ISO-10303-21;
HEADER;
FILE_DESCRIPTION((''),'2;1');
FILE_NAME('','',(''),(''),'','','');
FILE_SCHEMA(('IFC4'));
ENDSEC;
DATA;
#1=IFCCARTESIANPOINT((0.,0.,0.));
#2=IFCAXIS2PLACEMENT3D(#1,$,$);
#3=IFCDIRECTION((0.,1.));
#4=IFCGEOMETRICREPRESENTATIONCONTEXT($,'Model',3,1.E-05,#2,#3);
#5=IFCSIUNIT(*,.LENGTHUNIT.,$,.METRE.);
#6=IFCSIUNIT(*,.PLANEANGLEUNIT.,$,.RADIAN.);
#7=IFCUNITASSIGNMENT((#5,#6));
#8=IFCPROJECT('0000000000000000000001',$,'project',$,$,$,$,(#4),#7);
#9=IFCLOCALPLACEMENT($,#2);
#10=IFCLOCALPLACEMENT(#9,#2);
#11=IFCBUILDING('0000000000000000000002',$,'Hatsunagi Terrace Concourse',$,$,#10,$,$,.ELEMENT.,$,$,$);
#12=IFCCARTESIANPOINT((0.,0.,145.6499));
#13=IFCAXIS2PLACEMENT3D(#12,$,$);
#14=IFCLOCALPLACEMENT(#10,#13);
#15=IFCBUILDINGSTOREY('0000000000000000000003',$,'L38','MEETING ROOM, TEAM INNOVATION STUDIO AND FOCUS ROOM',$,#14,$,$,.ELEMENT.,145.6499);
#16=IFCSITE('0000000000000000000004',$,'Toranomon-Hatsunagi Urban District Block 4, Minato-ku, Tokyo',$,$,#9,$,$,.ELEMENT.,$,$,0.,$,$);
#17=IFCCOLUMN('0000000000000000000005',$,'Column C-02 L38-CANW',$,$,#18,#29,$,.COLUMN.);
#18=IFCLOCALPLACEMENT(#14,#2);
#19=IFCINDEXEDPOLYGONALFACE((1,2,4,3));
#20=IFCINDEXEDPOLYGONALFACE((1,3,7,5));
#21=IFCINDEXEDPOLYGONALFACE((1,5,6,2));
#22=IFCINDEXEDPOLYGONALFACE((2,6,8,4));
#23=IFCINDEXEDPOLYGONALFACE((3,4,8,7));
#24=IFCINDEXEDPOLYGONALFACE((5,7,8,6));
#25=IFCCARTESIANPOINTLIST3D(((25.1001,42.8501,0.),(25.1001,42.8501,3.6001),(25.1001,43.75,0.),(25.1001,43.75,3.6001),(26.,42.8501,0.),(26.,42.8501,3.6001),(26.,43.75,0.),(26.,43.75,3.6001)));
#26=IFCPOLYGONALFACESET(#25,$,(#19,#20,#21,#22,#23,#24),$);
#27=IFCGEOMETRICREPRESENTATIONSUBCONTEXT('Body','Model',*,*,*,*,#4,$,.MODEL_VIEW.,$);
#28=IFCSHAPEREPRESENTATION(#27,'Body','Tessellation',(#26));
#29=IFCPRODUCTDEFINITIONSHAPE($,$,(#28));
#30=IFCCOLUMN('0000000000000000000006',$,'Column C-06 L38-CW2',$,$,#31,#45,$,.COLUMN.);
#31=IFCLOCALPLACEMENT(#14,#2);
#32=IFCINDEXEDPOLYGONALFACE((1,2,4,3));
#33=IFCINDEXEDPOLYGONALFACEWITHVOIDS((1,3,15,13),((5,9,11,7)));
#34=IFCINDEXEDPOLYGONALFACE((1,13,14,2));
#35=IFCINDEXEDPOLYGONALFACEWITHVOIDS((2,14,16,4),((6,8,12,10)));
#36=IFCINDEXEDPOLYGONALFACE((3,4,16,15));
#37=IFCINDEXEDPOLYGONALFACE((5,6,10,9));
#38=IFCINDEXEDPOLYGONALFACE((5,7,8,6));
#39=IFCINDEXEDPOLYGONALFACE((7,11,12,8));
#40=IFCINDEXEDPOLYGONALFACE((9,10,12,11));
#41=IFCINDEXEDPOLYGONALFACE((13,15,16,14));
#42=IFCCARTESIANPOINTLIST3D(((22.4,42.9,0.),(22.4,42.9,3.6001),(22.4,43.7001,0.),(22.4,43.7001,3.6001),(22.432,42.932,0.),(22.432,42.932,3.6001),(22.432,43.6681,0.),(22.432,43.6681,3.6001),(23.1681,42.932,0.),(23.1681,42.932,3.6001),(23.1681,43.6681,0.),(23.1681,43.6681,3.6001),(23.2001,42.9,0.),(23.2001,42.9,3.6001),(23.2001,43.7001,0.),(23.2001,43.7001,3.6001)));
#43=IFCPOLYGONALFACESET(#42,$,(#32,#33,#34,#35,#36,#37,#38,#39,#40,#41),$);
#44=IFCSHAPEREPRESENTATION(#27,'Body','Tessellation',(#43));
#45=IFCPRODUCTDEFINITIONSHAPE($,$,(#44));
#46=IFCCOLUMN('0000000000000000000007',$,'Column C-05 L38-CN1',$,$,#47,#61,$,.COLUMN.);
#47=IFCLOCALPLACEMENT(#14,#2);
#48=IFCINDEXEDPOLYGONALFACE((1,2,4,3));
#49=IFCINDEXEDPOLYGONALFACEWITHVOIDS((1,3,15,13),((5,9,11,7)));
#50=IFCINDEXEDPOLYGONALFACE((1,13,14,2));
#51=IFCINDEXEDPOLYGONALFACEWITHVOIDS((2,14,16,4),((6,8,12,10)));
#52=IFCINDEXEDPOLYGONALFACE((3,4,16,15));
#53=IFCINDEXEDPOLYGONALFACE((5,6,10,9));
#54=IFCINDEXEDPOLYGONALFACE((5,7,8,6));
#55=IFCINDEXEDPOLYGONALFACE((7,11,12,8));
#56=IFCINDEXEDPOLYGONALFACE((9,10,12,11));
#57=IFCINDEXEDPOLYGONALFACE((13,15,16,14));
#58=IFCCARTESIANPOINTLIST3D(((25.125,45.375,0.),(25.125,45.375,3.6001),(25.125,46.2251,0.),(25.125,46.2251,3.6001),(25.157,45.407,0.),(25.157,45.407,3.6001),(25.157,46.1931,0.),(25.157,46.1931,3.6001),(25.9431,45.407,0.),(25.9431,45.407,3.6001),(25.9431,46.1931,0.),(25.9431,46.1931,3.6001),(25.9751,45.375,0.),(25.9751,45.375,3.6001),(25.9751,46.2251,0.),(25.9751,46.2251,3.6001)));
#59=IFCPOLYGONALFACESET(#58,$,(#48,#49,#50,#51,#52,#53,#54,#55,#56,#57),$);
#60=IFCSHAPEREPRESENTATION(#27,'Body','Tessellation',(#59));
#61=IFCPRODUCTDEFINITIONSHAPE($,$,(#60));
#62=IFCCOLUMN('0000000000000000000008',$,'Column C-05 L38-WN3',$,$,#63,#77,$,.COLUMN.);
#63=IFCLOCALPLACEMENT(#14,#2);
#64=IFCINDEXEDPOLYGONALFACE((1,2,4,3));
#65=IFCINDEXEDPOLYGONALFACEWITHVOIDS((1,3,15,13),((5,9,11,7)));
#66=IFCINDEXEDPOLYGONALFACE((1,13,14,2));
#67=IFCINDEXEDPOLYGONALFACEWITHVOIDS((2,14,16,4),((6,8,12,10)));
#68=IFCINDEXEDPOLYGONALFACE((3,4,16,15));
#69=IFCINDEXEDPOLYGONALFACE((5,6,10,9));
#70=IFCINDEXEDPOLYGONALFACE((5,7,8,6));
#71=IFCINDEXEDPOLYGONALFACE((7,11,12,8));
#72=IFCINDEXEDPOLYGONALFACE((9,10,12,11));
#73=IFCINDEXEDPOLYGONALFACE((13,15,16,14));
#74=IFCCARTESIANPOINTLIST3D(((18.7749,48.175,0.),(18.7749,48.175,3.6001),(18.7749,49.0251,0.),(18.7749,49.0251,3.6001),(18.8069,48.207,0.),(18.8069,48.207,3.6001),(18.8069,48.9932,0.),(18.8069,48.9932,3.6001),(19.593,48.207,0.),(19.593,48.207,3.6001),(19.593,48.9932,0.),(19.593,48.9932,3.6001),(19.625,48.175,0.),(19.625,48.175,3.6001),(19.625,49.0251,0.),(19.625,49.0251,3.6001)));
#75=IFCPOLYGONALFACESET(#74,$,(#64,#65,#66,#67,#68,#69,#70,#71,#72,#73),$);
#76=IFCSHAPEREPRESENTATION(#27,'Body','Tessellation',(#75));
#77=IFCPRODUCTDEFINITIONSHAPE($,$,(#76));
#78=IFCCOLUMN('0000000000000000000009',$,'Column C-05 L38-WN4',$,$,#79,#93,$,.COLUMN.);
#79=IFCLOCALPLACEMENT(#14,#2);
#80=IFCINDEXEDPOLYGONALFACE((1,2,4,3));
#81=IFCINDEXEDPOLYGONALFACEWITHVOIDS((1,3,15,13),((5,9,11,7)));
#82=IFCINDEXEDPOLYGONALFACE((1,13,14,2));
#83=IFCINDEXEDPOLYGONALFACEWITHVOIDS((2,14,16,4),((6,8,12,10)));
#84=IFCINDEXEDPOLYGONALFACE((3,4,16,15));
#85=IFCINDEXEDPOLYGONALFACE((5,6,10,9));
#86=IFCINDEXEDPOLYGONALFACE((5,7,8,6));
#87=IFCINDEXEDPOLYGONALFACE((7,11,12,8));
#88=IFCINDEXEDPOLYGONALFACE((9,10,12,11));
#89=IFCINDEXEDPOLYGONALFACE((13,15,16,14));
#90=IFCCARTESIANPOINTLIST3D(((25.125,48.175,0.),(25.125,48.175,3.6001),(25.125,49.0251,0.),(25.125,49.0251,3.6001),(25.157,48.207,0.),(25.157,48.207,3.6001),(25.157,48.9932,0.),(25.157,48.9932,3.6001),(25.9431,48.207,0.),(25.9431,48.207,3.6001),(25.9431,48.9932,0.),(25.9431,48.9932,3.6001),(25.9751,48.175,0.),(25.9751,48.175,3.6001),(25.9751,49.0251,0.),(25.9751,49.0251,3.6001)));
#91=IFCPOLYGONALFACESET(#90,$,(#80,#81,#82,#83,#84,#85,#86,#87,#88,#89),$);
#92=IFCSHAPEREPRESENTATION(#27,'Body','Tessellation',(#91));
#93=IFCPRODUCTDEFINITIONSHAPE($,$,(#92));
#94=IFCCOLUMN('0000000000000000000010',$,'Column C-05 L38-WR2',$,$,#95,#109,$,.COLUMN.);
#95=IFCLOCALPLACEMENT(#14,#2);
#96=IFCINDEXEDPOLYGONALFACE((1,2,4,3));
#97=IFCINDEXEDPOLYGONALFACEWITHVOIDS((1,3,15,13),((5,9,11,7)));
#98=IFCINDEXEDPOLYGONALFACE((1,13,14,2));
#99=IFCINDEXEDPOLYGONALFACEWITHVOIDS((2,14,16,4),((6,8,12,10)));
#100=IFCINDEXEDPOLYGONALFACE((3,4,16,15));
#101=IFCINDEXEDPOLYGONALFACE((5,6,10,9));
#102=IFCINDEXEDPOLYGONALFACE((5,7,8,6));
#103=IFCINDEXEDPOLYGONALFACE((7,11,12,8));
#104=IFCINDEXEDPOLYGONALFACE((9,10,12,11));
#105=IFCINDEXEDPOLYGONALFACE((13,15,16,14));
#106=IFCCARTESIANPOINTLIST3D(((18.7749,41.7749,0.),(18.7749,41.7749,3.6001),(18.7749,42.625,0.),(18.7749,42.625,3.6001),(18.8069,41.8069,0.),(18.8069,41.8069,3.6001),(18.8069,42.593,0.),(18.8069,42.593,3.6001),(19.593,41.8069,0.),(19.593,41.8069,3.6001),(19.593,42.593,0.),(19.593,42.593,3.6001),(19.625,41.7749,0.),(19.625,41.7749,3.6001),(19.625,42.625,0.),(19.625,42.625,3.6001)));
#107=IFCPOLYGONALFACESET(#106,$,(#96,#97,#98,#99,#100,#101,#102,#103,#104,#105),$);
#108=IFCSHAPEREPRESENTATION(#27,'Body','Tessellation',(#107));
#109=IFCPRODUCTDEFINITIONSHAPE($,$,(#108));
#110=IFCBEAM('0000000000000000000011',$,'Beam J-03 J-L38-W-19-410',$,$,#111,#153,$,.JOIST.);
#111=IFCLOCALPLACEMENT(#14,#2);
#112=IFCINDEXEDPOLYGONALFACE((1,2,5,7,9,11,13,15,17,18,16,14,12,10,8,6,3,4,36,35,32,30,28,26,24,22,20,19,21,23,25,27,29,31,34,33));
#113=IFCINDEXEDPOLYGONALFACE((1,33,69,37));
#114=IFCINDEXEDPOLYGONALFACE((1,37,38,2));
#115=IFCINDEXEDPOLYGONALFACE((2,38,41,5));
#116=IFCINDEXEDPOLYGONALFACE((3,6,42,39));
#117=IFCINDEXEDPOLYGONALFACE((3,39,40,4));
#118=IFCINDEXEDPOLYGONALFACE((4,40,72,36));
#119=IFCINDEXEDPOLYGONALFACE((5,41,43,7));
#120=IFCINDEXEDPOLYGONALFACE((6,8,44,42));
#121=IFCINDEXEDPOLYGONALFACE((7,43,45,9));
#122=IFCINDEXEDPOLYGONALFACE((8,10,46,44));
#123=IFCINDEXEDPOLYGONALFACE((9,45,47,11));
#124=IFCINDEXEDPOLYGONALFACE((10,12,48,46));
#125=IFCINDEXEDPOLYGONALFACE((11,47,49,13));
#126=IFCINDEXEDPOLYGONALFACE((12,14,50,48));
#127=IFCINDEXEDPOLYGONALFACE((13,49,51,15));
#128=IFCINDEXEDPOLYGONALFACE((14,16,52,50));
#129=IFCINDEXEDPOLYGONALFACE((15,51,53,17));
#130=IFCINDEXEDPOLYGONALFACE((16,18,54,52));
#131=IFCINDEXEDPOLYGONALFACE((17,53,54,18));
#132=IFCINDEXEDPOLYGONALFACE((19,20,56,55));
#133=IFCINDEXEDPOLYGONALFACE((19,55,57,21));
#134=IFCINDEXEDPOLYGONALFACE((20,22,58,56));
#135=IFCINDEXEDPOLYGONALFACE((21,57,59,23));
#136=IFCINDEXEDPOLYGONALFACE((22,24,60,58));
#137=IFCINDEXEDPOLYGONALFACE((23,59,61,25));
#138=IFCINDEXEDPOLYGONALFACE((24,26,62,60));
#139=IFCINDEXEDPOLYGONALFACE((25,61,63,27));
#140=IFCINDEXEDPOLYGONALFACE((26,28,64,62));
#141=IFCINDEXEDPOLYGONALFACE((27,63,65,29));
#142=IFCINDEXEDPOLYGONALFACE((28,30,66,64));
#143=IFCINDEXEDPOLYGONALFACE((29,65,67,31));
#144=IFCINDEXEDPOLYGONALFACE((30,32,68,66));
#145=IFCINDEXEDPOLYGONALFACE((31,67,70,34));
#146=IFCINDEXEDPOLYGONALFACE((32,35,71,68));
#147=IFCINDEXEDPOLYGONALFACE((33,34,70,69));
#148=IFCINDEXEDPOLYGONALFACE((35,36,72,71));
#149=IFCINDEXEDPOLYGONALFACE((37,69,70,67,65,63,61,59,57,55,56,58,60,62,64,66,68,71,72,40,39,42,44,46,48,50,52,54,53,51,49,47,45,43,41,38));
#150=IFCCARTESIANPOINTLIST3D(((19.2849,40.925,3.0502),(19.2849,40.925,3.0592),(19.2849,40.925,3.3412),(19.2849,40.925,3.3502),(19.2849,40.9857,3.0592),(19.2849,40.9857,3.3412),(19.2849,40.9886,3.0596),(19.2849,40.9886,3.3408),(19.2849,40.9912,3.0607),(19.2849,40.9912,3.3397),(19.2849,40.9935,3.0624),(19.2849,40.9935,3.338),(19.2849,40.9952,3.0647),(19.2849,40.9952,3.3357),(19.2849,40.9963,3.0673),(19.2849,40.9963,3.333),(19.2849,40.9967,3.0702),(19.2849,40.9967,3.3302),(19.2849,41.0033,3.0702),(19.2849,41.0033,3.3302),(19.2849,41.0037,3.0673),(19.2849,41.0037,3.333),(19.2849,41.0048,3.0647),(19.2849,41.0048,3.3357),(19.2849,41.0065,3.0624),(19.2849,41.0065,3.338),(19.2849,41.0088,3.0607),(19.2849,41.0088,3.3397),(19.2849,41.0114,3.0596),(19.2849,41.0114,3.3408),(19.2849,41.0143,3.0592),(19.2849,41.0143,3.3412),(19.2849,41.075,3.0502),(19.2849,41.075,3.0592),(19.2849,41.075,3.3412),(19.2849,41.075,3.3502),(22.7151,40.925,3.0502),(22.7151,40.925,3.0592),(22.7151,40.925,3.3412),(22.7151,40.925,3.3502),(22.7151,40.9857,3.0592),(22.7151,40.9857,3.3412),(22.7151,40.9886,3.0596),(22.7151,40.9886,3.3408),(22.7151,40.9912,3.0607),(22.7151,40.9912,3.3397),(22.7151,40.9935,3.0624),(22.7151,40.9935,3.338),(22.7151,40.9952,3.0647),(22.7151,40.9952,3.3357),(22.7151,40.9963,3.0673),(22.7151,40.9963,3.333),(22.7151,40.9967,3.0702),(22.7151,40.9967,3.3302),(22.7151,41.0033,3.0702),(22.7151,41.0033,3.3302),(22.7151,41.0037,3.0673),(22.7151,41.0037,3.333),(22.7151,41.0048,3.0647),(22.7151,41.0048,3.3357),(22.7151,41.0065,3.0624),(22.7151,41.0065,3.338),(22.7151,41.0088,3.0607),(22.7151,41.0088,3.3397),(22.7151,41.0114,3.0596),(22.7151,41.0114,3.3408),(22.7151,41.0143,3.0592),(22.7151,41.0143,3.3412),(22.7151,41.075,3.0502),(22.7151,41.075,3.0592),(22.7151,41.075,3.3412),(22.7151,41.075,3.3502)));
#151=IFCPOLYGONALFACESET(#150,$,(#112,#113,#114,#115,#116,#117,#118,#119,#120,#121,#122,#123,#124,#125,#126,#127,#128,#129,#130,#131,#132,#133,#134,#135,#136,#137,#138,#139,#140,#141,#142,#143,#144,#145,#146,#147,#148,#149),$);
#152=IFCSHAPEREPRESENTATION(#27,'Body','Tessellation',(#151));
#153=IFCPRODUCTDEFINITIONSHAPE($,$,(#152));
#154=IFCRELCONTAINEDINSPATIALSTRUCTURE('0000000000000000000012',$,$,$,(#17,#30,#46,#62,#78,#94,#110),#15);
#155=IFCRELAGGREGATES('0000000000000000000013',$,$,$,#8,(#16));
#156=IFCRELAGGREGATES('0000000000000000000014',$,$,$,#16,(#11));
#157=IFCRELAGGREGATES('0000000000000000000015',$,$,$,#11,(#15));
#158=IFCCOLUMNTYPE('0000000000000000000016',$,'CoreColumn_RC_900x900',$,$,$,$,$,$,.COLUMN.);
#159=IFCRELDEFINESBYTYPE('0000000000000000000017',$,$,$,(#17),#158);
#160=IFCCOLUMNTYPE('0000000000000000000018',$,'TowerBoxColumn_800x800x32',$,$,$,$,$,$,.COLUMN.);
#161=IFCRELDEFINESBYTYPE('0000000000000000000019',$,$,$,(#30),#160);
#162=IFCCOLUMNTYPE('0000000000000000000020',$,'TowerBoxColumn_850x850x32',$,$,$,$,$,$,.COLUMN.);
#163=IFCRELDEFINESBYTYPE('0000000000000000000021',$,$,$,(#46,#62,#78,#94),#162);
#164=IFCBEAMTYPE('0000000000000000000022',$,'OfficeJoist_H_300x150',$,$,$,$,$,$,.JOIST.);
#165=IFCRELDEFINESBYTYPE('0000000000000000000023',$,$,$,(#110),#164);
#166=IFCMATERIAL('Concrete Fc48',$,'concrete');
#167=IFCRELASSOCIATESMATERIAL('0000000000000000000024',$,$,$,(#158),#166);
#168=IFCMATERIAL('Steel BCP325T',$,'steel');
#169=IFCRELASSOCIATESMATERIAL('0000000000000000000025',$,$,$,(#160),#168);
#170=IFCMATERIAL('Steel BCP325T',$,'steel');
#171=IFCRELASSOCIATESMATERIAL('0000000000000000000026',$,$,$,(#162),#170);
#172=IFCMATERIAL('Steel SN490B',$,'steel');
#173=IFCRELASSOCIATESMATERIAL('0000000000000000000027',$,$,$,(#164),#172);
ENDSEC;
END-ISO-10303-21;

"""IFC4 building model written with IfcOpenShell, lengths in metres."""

from ifc_helpers import new_model, si_unit, direction, frame, origin, origin_2d, place, context, subcontext, project, spatial, rectangle, hollow_rectangle, i_section, extrude, material, material_profile, profile_set, type_object, element, save


model = new_model("IFC4")

# Units and contexts
model_context = context("Model", 3, precision=1e-05, world=origin(), true_north=direction((0.0, 1.0)))
body_context = subcontext(model_context, "Body", "Model", "MODEL_VIEW")
ifc_project = project(units=[si_unit("LENGTHUNIT", "METRE"), si_unit("PLANEANGLEUNIT", "RADIAN")], contexts=[model_context])

# Site, building, storey
site_placement = place(None, origin())
site = spatial("IfcSite", under=ifc_project, at=site_placement, Name="Toranomon-Hatsunagi Urban District Block 4, Minato-ku, Tokyo", CompositionType="ELEMENT", RefElevation=0.0)
building_placement = place(site_placement, origin())
building = spatial("IfcBuilding", under=site, at=building_placement, Name="Hatsunagi Terrace Concourse", CompositionType="ELEMENT")
storey_placement = place(building_placement, frame((0.0, 0.0, 145.6499)))
storey = spatial("IfcBuildingStorey", under=building, at=storey_placement, Name="L38", Description="MEETING ROOM, TEAM INNOVATION STUDIO AND FOCUS ROOM", CompositionType="ELEMENT", Elevation=145.6499)

# Columns
ifc_material_1 = material(Name="Concrete Fc48", Category="concrete")
ifc_material_profile_1 = material_profile(ifc_material_1, rectangle(XDim=0.8999, YDim=0.8999, at=origin_2d()), Name="RC-900x900")
ifc_profile_set_1 = profile_set([ifc_material_profile_1], Name="Concrete Fc48")
column_type_1 = type_object("IfcColumnType", Name="CoreColumn_RC_900x900", PredefinedType="COLUMN", material=ifc_profile_set_1)
column_1_placement = place(storey_placement, frame((25.55, 43.3, 0.0), z_axis=(0.0, 0.0, 1.0), x_axis=(1.0, 0.0, 0.0)))
element("IfcColumn", 1, at=column_1_placement, inside=storey, type_object=column_type_1, Name="Column C-02 L38-CANW", PredefinedType="COLUMN", context=body_context, shape_type="SweptSolid", body=[
    extrude(rectangle(XDim=0.8999, YDim=0.8999, at=origin_2d()), origin(), (0.0, 0.0, 1.0), 3.6001),
])
ifc_material_2 = material(Name="Steel BCP325T", Category="steel")
ifc_material_profile_2 = material_profile(ifc_material_2, hollow_rectangle(XDim=0.8, YDim=0.8, WallThickness=0.032, at=origin_2d()), Name="BCP-800x800x32")
ifc_profile_set_2 = profile_set([ifc_material_profile_2], Name="Steel BCP325T")
column_type_2 = type_object("IfcColumnType", Name="TowerBoxColumn_800x800x32", PredefinedType="COLUMN", material=ifc_profile_set_2)
column_2_placement = place(storey_placement, frame((22.8, 43.3, 0.0), z_axis=(0.0, 0.0, 1.0), x_axis=(1.0, 0.0, 0.0)))
element("IfcColumn", 2, at=column_2_placement, inside=storey, type_object=column_type_2, Name="Column C-06 L38-CW2", PredefinedType="COLUMN", context=body_context, shape_type="SweptSolid", body=[
    extrude(hollow_rectangle(XDim=0.8, YDim=0.8, WallThickness=0.032, at=origin_2d()), origin(), (0.0, 0.0, 1.0), 3.6001),
])
ifc_material_3 = material(Name="Steel BCP325T", Category="steel")
ifc_material_profile_3 = material_profile(ifc_material_3, hollow_rectangle(XDim=0.8501, YDim=0.8501, WallThickness=0.032, at=origin_2d()), Name="BCP-850x850x32")
ifc_profile_set_3 = profile_set([ifc_material_profile_3], Name="Steel BCP325T")
column_type_3 = type_object("IfcColumnType", Name="TowerBoxColumn_850x850x32", PredefinedType="COLUMN", material=ifc_profile_set_3)
for number, where, z_axis, x_axis, name in (
    (3, (25.55, 45.8, 0.0), (0.0, 0.0, 1.0), (1.0, 0.0, 0.0), "Column C-05 L38-CN1"),
    (4, (19.2, 48.6001, 0.0), (0.0, 0.0, 1.0), (1.0, 0.0, 0.0), "Column C-05 L38-WN3"),
    (5, (25.55, 48.6001, 0.0), (0.0, 0.0, 1.0), (1.0, 0.0, 0.0), "Column C-05 L38-WN4"),
    (6, (19.2, 42.2, 0.0), (0.0, 0.0, 1.0), (1.0, 0.0, 0.0), "Column C-05 L38-WR2"),
):
    element("IfcColumn", number, at=place(storey_placement, frame(where, z_axis=z_axis, x_axis=x_axis)), inside=storey, type_object=column_type_3, Name=name, PredefinedType="COLUMN", context=body_context, shape_type="SweptSolid", body=[
        extrude(hollow_rectangle(XDim=0.8501, YDim=0.8501, WallThickness=0.032, at=origin_2d()), origin(), (0.0, 0.0, 1.0), 3.6001),
    ])

# Beam
ifc_material_4 = material(Name="Steel SN490B", Category="steel")
ifc_material_profile_4 = material_profile(ifc_material_4, i_section(OverallWidth=0.1499, OverallDepth=0.3, WebThickness=0.0066, FlangeThickness=0.009, FilletRadius=0.011, at=origin_2d()), Name="H-300x150x6.5x9")
ifc_profile_set_4 = profile_set([ifc_material_profile_4], Name="Steel SN490B")
beam_type_1 = type_object("IfcBeamType", Name="OfficeJoist_H_300x150", PredefinedType="JOIST", material=ifc_profile_set_4)
beam_1_placement = place(storey_placement, frame((19.2849, 41.0, 3.2002), z_axis=(1.0, 0.0, 0.0), x_axis=(0.0, 1.0, 0.0)))
element("IfcBeam", 7, at=beam_1_placement, inside=storey, type_object=beam_type_1, Name="Beam J-03 J-L38-W-19-410", PredefinedType="JOIST", context=body_context, shape_type="SweptSolid", body=[
    extrude(i_section(OverallWidth=0.1499, OverallDepth=0.3, WebThickness=0.0066, FlangeThickness=0.009, FilletRadius=0.011, at=origin_2d()), origin(), (0.0, 0.0, 1.0), 3.4302),
])

save(model, "model.ifc")
